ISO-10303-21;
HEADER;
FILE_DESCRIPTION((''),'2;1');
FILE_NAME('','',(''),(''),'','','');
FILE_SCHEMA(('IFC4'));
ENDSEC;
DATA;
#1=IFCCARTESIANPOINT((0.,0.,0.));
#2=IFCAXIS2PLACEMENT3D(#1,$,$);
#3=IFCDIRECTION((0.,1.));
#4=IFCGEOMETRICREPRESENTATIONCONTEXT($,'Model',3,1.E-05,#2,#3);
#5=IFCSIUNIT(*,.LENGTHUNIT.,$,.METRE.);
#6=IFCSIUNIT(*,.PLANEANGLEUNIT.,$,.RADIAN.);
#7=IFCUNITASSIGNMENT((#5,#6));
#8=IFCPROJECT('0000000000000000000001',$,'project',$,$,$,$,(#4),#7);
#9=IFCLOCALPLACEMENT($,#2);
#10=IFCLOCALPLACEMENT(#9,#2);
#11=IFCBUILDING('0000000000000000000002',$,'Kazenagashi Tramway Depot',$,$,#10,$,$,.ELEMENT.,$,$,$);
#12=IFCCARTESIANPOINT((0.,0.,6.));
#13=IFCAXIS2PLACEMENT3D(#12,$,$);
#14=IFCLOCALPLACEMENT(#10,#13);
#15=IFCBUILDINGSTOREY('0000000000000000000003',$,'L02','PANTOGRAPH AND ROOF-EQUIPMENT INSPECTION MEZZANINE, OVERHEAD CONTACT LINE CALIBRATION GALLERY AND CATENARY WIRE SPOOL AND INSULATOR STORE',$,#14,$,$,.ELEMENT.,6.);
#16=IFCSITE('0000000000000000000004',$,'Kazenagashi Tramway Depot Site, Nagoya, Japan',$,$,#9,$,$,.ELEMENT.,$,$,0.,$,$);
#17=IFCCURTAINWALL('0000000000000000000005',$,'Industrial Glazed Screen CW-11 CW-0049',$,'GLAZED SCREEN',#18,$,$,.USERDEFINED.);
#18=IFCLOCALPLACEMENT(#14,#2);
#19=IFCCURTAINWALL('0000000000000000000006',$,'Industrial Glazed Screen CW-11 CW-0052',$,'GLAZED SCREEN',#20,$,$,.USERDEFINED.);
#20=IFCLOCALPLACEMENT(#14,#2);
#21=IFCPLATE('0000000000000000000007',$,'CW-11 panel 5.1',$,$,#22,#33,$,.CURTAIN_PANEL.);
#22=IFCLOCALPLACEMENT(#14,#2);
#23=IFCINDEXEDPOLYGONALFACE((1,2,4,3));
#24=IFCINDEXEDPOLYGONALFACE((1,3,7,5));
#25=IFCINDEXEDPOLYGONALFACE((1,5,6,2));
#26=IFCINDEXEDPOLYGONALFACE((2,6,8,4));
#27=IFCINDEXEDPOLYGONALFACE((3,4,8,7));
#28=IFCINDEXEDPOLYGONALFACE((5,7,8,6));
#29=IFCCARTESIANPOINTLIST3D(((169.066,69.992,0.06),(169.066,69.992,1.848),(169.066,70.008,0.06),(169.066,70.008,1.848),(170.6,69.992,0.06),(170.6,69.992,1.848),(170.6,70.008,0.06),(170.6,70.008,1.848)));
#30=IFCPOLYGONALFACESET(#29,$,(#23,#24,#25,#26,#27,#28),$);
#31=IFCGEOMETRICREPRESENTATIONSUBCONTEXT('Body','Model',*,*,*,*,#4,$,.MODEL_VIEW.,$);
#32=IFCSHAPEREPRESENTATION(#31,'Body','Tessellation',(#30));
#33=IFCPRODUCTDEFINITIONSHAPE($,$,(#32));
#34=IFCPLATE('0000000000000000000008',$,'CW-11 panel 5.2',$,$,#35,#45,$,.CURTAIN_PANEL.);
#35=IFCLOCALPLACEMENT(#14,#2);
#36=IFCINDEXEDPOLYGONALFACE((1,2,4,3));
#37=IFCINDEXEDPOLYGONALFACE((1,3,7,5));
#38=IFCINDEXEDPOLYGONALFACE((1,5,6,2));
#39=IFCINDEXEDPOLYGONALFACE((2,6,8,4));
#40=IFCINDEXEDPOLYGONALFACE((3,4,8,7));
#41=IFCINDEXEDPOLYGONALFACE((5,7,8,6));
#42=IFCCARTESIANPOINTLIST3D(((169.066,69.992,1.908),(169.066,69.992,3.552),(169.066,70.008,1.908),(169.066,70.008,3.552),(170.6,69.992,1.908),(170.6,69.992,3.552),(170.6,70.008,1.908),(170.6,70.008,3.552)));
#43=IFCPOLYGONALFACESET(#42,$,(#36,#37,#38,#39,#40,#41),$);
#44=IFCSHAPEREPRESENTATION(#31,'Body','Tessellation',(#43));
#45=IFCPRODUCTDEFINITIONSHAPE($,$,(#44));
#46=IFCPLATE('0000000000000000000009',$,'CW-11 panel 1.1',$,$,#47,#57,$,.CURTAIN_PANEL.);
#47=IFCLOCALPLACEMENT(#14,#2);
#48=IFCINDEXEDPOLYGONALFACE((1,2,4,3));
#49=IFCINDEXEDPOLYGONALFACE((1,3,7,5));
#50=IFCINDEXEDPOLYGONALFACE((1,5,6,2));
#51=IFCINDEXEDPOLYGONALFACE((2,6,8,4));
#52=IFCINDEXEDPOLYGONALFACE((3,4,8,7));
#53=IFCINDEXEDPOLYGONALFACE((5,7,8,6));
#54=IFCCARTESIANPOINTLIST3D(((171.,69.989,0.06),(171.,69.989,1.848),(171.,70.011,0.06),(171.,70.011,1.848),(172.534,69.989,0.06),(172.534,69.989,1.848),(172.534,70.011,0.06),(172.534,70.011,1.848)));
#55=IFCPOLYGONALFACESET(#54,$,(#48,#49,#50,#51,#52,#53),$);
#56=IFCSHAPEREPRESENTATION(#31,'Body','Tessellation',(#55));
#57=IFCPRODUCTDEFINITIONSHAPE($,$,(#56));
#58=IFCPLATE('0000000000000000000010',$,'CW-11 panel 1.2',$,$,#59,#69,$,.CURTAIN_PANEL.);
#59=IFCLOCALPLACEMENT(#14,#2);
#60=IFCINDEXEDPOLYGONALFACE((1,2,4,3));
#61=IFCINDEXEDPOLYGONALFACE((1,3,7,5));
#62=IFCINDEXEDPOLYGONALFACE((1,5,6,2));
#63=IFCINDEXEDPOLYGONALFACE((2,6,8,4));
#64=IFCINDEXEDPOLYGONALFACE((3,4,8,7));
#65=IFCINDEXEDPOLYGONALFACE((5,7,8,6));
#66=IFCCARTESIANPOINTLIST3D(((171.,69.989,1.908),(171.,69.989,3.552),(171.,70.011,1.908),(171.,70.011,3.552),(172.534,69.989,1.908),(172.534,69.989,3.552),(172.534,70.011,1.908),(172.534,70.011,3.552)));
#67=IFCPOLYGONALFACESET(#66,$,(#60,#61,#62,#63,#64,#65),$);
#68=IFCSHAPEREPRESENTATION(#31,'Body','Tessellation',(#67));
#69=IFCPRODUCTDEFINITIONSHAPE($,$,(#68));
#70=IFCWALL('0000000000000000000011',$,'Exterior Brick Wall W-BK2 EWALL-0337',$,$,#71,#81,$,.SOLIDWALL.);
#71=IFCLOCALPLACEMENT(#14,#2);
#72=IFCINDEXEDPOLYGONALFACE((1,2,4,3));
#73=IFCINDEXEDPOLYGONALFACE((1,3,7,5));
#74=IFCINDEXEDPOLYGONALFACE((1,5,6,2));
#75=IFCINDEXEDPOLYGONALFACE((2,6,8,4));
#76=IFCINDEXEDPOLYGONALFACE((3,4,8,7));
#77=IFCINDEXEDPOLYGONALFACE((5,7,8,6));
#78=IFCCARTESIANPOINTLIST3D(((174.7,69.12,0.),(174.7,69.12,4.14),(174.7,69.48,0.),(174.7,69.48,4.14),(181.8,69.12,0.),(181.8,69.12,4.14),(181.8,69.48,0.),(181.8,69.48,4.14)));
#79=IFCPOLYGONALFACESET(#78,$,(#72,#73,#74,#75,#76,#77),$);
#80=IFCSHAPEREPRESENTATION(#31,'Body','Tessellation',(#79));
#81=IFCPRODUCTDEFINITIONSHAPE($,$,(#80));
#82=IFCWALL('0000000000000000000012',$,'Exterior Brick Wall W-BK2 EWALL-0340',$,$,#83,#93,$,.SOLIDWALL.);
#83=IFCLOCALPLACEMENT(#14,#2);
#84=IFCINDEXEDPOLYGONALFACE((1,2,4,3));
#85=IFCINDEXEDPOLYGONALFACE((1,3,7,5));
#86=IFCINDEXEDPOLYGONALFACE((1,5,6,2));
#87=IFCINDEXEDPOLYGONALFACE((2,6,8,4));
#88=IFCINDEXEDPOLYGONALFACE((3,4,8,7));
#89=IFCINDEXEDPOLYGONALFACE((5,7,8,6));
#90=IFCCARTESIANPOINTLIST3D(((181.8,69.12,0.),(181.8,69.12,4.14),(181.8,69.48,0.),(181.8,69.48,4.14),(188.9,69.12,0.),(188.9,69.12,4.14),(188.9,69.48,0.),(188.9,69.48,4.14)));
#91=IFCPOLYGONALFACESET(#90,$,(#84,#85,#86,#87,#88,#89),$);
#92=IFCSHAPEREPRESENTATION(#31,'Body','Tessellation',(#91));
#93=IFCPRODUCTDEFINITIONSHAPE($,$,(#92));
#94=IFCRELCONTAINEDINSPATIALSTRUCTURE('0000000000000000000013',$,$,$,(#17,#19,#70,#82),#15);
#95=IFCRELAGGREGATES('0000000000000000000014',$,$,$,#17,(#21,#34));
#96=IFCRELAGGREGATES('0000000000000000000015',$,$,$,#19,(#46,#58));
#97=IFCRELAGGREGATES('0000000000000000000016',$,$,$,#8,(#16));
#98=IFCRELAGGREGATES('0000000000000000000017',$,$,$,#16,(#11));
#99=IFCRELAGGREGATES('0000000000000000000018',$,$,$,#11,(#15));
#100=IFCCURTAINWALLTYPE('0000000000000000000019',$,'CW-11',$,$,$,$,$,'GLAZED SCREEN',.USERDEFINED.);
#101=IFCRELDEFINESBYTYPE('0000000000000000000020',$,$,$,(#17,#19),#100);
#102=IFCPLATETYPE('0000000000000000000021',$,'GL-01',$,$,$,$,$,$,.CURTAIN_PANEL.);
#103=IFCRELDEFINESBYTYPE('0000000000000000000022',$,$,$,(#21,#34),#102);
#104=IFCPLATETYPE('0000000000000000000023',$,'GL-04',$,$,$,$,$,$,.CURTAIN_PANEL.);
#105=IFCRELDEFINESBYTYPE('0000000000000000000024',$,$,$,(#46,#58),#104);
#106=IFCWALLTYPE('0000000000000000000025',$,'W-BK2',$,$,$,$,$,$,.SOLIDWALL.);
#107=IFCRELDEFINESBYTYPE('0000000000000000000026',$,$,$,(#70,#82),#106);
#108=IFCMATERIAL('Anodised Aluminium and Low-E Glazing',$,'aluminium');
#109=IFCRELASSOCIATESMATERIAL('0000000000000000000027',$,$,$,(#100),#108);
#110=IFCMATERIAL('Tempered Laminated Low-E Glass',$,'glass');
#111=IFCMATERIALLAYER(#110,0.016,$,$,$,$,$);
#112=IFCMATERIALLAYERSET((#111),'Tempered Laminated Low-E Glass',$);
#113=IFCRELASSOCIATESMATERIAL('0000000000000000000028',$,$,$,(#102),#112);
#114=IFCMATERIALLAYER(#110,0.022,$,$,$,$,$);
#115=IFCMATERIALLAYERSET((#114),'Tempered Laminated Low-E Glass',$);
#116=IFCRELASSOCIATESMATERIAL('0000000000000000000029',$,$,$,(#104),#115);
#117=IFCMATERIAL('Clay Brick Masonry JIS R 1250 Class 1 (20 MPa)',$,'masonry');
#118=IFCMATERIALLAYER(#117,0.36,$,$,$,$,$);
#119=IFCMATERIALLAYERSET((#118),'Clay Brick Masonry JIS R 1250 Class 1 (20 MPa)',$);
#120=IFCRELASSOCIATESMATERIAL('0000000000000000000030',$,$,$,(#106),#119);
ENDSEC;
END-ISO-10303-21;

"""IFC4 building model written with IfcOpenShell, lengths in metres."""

from ifc_helpers import new_model, si_unit, direction, frame, frame_2d, origin, origin_2d, place, context, subcontext, project, spatial, rectangle, extrude, material, layer, layer_set, type_object, element, aggregate, save


model = new_model("IFC4")

# Units and contexts
model_context = context("Model", 3, precision=1e-05, world=origin(), true_north=direction((0.0, 1.0)))
body_context = subcontext(model_context, "Body", "Model", "MODEL_VIEW")
ifc_project = project(units=[si_unit("LENGTHUNIT", "METRE"), si_unit("PLANEANGLEUNIT", "RADIAN")], contexts=[model_context])

# Site, building, storey
site_placement = place(None, origin())
site = spatial("IfcSite", under=ifc_project, at=site_placement, Name="Kazenagashi Tramway Depot Site, Nagoya, Japan", CompositionType="ELEMENT", RefElevation=0.0)
building_placement = place(site_placement, origin())
building = spatial("IfcBuilding", under=site, at=building_placement, Name="Kazenagashi Tramway Depot", CompositionType="ELEMENT")
storey_placement = place(building_placement, frame((0.0, 0.0, 6.0)))
storey = spatial("IfcBuildingStorey", under=building, at=storey_placement, Name="L02", Description="PANTOGRAPH AND ROOF-EQUIPMENT INSPECTION MEZZANINE, OVERHEAD CONTACT LINE CALIBRATION GALLERY AND CATENARY WIRE SPOOL AND INSULATOR STORE", CompositionType="ELEMENT", Elevation=6.0)

# Curtain wall
ifc_material_1 = material(Name="Anodised Aluminium and Low-E Glazing", Category="aluminium")
curtain_wall_type = type_object("IfcCurtainWallType", Name="CW-11", ElementType="GLAZED SCREEN", PredefinedType="USERDEFINED", material=ifc_material_1)
curtain_wall_1_placement = place(storey_placement, origin())
curtain_wall_1 = element("IfcCurtainWall", 1, at=curtain_wall_1_placement, inside=storey, type_object=curtain_wall_type, Name="Industrial Glazed Screen CW-11 CW-0049", ObjectType="GLAZED SCREEN", PredefinedType="USERDEFINED")

# Curtain wall
curtain_wall_2_placement = place(storey_placement, origin())
curtain_wall_2 = element("IfcCurtainWall", 2, at=curtain_wall_2_placement, inside=storey, type_object=curtain_wall_type, Name="Industrial Glazed Screen CW-11 CW-0052", ObjectType="GLAZED SCREEN", PredefinedType="USERDEFINED")

# Plates
ifc_material_2 = material(Name="Tempered Laminated Low-E Glass", Category="glass")
ifc_layer_1 = layer(ifc_material_2, 0.016)
ifc_layer_set_1 = layer_set([ifc_layer_1], Name="Tempered Laminated Low-E Glass")
plate_type_1 = type_object("IfcPlateType", Name="GL-01", PredefinedType="CURTAIN_PANEL", material=ifc_layer_set_1)
plate_1_placement = place(storey_placement, frame((169.833, 70.0, 0.06), z_axis=(0.0, 0.0, 1.0), x_axis=(1.0, 0.0, 0.0)))
plate_1 = element("IfcPlate", 3, at=plate_1_placement, type_object=plate_type_1, Name="CW-11 panel 5.1", PredefinedType="CURTAIN_PANEL", context=body_context, shape_type="SweptSolid", body=[
    extrude(rectangle(XDim=1.534, YDim=0.016, at=origin_2d()), origin(), (0.0, 0.0, 1.0), 1.788),
])
plate_2_placement = place(storey_placement, frame((169.833, 70.0, 1.908), z_axis=(0.0, 0.0, 1.0), x_axis=(1.0, 0.0, 0.0)))
plate_2 = element("IfcPlate", 4, at=plate_2_placement, type_object=plate_type_1, Name="CW-11 panel 5.2", PredefinedType="CURTAIN_PANEL", context=body_context, shape_type="SweptSolid", body=[
    extrude(rectangle(XDim=1.534, YDim=0.016, at=origin_2d()), origin(), (0.0, 0.0, 1.0), 1.644),
])
aggregate(curtain_wall_1, [plate_1, plate_2])
ifc_layer_2 = layer(ifc_material_2, 0.022)
ifc_layer_set_2 = layer_set([ifc_layer_2], Name="Tempered Laminated Low-E Glass")
plate_type_2 = type_object("IfcPlateType", Name="GL-04", PredefinedType="CURTAIN_PANEL", material=ifc_layer_set_2)
plate_3_placement = place(storey_placement, frame((171.767, 70.0, 0.06), z_axis=(0.0, 0.0, 1.0), x_axis=(1.0, 0.0, 0.0)))
plate_3 = element("IfcPlate", 5, at=plate_3_placement, type_object=plate_type_2, Name="CW-11 panel 1.1", PredefinedType="CURTAIN_PANEL", context=body_context, shape_type="SweptSolid", body=[
    extrude(rectangle(XDim=1.534, YDim=0.022, at=origin_2d()), origin(), (0.0, 0.0, 1.0), 1.788),
])
plate_4_placement = place(storey_placement, frame((171.767, 70.0, 1.908), z_axis=(0.0, 0.0, 1.0), x_axis=(1.0, 0.0, 0.0)))
plate_4 = element("IfcPlate", 6, at=plate_4_placement, type_object=plate_type_2, Name="CW-11 panel 1.2", PredefinedType="CURTAIN_PANEL", context=body_context, shape_type="SweptSolid", body=[
    extrude(rectangle(XDim=1.534, YDim=0.022, at=origin_2d()), origin(), (0.0, 0.0, 1.0), 1.644),
])
aggregate(curtain_wall_2, [plate_3, plate_4])

# Walls
ifc_material_3 = material(Name="Clay Brick Masonry JIS R 1250 Class 1 (20 MPa)", Category="masonry")
ifc_layer_3 = layer(ifc_material_3, 0.36)
ifc_layer_set_3 = layer_set([ifc_layer_3], Name="Clay Brick Masonry JIS R 1250 Class 1 (20 MPa)")
wall_type = type_object("IfcWallType", Name="W-BK2", PredefinedType="SOLIDWALL", material=ifc_layer_set_3)
for number, where, z_axis, x_axis, name in (
    (7, (174.7, 69.3, 0.0), (0.0, 0.0, 1.0), (1.0, 0.0, 0.0), "Exterior Brick Wall W-BK2 EWALL-0337"),
    (8, (181.8, 69.3, 0.0), (0.0, 0.0, 1.0), (1.0, 0.0, 0.0), "Exterior Brick Wall W-BK2 EWALL-0340"),
):
    element("IfcWall", number, at=place(storey_placement, frame(where, z_axis=z_axis, x_axis=x_axis)), inside=storey, type_object=wall_type, Name=name, PredefinedType="SOLIDWALL", context=body_context, shape_type="SweptSolid", body=[
        extrude(rectangle(XDim=7.1, YDim=0.36, at=frame_2d((3.55, 0.0))), origin(), (0.0, 0.0, 1.0), 4.14),
    ])

save(model, "model.ifc")
